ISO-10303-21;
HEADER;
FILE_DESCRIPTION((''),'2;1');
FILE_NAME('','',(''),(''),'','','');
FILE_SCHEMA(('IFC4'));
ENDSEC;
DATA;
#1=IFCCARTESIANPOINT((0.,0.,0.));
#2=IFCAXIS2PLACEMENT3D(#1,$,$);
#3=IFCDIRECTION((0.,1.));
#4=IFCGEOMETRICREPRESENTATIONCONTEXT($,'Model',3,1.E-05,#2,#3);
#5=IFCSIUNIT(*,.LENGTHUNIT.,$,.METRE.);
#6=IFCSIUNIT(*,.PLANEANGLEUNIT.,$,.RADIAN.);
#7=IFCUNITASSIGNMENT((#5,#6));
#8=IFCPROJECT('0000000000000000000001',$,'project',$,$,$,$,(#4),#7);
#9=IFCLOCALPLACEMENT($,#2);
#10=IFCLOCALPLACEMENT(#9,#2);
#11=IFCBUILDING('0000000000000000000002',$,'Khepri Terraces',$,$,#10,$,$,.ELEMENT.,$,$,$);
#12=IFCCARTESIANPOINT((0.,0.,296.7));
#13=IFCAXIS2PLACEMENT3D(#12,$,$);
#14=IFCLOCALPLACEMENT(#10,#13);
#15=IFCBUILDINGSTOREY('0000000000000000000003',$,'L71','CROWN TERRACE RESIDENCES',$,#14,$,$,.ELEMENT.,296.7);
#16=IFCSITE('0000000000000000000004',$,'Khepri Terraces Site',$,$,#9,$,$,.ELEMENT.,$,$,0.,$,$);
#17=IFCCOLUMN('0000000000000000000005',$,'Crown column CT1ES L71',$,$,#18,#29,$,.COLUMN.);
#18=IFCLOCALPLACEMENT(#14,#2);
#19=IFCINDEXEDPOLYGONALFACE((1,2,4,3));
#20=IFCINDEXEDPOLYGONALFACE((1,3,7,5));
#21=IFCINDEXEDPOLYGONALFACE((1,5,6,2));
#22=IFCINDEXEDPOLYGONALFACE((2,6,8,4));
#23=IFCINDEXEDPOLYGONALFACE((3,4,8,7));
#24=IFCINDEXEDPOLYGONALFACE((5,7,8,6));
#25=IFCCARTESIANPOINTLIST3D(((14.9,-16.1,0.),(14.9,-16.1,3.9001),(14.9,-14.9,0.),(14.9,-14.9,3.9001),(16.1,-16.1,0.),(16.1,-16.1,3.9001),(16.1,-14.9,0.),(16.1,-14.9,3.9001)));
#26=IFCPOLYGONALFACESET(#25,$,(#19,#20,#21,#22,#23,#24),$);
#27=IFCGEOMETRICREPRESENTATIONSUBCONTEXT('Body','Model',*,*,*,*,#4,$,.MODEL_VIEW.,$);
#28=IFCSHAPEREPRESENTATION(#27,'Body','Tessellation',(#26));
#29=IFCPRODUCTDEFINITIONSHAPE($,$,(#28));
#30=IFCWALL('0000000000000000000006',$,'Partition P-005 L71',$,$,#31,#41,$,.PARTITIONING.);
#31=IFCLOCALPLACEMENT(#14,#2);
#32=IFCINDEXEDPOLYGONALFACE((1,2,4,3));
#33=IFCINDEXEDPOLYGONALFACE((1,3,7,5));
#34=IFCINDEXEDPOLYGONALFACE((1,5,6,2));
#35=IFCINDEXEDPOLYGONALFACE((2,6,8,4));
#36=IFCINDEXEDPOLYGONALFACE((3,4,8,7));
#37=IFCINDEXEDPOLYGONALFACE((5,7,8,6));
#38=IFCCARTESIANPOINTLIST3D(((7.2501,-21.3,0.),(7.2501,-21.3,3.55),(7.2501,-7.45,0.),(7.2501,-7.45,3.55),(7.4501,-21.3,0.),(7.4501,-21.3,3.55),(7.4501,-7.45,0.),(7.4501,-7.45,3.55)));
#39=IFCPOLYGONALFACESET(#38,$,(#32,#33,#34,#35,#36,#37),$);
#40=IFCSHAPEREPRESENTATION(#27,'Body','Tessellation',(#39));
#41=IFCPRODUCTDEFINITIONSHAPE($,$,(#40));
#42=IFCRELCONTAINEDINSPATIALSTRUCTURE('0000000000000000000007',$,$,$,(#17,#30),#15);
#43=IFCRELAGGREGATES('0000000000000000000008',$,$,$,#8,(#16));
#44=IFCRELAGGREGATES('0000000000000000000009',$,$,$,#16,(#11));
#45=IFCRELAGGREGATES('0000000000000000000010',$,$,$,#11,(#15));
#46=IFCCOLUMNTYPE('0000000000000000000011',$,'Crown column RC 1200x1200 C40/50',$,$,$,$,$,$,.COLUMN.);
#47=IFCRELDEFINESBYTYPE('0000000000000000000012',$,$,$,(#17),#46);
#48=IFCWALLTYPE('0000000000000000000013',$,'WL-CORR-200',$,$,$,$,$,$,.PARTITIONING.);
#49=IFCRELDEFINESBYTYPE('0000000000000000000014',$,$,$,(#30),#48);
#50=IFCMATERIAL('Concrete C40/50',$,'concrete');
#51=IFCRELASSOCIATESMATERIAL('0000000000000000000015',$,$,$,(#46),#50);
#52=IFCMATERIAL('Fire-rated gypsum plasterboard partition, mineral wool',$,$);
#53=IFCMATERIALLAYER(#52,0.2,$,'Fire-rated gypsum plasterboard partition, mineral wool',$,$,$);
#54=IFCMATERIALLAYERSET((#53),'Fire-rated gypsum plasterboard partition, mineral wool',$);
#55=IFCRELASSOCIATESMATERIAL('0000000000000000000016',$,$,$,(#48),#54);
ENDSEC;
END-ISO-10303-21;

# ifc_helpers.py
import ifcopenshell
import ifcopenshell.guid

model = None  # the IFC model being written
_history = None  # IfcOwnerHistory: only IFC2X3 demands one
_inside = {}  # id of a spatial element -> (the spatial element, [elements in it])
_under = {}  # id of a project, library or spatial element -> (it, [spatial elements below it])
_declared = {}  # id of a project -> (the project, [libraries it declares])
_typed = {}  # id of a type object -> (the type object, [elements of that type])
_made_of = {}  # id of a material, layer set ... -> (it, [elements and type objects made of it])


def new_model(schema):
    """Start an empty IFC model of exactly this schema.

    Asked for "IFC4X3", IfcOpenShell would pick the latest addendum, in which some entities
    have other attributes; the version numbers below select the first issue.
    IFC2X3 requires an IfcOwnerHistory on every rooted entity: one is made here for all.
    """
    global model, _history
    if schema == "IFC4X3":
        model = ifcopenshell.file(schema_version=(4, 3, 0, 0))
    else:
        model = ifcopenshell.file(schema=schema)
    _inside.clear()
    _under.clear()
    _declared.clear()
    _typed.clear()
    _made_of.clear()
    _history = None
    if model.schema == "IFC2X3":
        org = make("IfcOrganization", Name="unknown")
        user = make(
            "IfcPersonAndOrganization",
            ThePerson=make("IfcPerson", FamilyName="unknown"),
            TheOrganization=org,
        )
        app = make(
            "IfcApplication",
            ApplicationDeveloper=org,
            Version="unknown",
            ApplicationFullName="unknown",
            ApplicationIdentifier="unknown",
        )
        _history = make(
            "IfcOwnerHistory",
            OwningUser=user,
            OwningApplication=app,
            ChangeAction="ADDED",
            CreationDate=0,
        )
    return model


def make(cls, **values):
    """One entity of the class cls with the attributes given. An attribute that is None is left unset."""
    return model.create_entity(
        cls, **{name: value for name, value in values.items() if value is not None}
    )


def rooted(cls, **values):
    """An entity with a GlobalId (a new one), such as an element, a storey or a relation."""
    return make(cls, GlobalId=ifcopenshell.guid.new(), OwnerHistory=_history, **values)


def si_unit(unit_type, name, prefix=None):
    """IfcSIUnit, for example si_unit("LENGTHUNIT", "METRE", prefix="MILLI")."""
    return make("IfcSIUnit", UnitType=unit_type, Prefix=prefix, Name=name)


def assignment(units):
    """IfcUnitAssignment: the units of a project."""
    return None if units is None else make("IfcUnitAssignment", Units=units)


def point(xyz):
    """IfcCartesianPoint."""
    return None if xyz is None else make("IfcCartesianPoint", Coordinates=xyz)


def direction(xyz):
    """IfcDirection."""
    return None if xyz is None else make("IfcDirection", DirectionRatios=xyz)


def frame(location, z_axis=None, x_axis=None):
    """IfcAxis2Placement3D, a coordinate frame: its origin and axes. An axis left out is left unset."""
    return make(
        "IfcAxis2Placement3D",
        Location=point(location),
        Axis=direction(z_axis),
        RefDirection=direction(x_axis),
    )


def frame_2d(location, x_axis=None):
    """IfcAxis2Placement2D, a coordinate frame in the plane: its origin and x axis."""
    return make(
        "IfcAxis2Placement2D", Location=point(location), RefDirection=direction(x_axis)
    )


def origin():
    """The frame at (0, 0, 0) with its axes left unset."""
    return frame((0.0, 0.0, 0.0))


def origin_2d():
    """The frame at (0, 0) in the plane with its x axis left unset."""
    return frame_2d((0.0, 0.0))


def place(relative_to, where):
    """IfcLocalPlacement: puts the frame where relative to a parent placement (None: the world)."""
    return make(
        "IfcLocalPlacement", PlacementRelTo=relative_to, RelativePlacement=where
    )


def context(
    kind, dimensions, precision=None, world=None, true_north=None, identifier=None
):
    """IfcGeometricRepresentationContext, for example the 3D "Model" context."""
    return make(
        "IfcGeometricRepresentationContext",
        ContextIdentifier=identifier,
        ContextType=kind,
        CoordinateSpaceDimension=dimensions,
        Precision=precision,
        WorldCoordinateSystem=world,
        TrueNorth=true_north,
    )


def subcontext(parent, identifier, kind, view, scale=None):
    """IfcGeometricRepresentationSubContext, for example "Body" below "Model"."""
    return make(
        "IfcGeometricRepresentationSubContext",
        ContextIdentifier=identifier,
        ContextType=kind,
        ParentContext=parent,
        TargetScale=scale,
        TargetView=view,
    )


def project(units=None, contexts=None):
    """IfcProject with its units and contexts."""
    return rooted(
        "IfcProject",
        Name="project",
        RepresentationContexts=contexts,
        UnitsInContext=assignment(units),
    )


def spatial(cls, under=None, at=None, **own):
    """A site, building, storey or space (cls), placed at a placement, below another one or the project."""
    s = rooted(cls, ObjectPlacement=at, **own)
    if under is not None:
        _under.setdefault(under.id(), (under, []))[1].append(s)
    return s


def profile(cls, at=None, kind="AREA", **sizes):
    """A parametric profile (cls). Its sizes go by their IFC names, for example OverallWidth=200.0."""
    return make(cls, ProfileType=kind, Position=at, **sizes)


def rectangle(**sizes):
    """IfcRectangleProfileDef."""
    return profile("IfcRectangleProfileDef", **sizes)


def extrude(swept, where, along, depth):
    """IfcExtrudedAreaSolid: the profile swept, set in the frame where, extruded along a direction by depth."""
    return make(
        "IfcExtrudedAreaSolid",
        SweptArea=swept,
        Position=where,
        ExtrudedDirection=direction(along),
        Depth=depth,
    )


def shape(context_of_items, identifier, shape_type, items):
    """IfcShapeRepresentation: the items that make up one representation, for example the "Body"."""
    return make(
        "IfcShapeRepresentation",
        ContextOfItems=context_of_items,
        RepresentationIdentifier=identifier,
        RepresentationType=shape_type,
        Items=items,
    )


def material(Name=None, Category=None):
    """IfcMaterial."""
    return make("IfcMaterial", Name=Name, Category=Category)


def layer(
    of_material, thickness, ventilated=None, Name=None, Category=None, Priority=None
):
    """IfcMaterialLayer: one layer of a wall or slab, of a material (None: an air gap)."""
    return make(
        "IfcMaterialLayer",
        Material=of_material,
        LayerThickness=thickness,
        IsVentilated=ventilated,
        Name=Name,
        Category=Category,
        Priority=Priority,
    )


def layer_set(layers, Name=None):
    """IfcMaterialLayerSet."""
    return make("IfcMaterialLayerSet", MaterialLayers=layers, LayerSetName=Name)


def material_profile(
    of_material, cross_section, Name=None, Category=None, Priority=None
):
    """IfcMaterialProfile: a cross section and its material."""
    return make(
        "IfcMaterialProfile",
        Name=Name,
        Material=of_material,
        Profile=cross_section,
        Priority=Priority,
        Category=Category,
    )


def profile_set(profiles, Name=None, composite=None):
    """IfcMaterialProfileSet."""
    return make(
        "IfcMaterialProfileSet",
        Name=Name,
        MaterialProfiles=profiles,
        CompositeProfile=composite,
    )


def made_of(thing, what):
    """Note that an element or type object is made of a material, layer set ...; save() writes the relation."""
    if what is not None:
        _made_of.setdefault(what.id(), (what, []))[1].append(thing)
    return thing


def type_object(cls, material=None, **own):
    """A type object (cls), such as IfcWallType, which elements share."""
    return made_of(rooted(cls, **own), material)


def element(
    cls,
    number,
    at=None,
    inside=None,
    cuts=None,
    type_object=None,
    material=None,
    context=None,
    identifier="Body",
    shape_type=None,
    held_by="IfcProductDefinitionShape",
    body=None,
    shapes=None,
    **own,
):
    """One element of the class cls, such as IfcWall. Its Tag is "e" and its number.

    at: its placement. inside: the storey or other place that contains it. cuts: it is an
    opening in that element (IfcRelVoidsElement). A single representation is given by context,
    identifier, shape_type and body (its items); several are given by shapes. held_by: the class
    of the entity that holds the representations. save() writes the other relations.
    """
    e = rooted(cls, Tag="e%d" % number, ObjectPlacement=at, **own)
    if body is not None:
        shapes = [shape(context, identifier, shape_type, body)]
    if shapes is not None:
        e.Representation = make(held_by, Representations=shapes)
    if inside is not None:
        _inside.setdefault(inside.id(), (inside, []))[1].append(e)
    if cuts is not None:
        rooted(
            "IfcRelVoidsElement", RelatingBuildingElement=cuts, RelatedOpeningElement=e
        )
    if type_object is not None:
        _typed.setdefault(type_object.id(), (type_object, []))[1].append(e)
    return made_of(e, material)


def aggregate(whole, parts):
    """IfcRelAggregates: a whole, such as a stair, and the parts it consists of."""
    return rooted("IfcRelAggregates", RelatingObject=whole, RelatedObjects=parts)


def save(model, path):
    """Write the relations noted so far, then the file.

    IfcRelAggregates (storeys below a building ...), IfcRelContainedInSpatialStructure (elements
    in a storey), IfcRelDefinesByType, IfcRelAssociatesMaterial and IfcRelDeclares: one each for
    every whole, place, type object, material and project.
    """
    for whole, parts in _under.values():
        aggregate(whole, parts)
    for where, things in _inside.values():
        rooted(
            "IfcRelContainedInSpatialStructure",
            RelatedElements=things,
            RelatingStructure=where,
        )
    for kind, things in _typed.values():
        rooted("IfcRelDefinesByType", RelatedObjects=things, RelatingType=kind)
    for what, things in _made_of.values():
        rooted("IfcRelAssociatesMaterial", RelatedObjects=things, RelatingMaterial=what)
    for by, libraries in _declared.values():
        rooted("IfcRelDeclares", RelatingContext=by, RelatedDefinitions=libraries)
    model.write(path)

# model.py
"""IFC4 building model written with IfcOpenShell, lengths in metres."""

from ifc_helpers import new_model, si_unit, direction, frame, frame_2d, origin, origin_2d, place, context, subcontext, project, spatial, rectangle, extrude, material, layer, layer_set, material_profile, profile_set, type_object, element, save


model = new_model("IFC4")

# Units and contexts
model_context = context("Model", 3, precision=1e-05, world=origin(), true_north=direction((0.0, 1.0)))
body_context = subcontext(model_context, "Body", "Model", "MODEL_VIEW")
ifc_project = project(units=[si_unit("LENGTHUNIT", "METRE"), si_unit("PLANEANGLEUNIT", "RADIAN")], contexts=[model_context])

# Site, building, storey
site_placement = place(None, origin())
site = spatial("IfcSite", under=ifc_project, at=site_placement, Name="Khepri Terraces Site", CompositionType="ELEMENT", RefElevation=0.0)
building_placement = place(site_placement, origin())
building = spatial("IfcBuilding", under=site, at=building_placement, Name="Khepri Terraces", CompositionType="ELEMENT")
storey_placement = place(building_placement, frame((0.0, 0.0, 296.7)))
storey = spatial("IfcBuildingStorey", under=building, at=storey_placement, Name="L71", Description="CROWN TERRACE RESIDENCES", CompositionType="ELEMENT", Elevation=296.7)

# Column
ifc_material_1 = material(Name="Concrete C40/50", Category="concrete")
ifc_material_profile = material_profile(ifc_material_1, rectangle(XDim=1.2, YDim=1.2, at=origin_2d()), Name="Concrete C40/50", Category="concrete")
ifc_profile_set = profile_set([ifc_material_profile], Name="Concrete C40/50")
column_type = type_object("IfcColumnType", Name="Crown column RC 1200x1200 C40/50", PredefinedType="COLUMN", material=ifc_profile_set)
column_placement = place(storey_placement, frame((15.5, -15.5, 0.0), z_axis=(0.0, 0.0, 1.0), x_axis=(1.0, 0.0, 0.0)))
element("IfcColumn", 1, at=column_placement, inside=storey, type_object=column_type, Name="Crown column CT1ES L71", PredefinedType="COLUMN", context=body_context, shape_type="SweptSolid", body=[
    extrude(rectangle(XDim=1.2, YDim=1.2, at=origin_2d()), origin(), (0.0, 0.0, 1.0), 3.9001),
])

# Wall
ifc_material_2 = material(Name="Fire-rated gypsum plasterboard partition, mineral wool")
ifc_layer_1 = layer(ifc_material_2, 0.2, Name="Fire-rated gypsum plasterboard partition, mineral wool")
ifc_layer_set_1 = layer_set([ifc_layer_1], Name="Fire-rated gypsum plasterboard partition, mineral wool")
wall_type_1 = type_object("IfcWallType", Name="WL-CORR-200", PredefinedType="PARTITIONING", material=ifc_layer_set_1)
wall_1_placement = place(storey_placement, frame((7.3501, -21.3, 0.0), z_axis=(0.0, 0.0, 1.0), x_axis=(0.0, 1.0, 0.0)))
element("IfcWall", 2, at=wall_1_placement, inside=storey, type_object=wall_type_1, Name="Partition P-005 L71", PredefinedType="PARTITIONING", context=body_context, shape_type="SweptSolid", body=[
    extrude(rectangle(XDim=13.8501, YDim=0.2, at=frame_2d((6.925, 0.0))), origin(), (0.0, 0.0, 1.0), 3.55),
])

save(model, "model.ifc")
